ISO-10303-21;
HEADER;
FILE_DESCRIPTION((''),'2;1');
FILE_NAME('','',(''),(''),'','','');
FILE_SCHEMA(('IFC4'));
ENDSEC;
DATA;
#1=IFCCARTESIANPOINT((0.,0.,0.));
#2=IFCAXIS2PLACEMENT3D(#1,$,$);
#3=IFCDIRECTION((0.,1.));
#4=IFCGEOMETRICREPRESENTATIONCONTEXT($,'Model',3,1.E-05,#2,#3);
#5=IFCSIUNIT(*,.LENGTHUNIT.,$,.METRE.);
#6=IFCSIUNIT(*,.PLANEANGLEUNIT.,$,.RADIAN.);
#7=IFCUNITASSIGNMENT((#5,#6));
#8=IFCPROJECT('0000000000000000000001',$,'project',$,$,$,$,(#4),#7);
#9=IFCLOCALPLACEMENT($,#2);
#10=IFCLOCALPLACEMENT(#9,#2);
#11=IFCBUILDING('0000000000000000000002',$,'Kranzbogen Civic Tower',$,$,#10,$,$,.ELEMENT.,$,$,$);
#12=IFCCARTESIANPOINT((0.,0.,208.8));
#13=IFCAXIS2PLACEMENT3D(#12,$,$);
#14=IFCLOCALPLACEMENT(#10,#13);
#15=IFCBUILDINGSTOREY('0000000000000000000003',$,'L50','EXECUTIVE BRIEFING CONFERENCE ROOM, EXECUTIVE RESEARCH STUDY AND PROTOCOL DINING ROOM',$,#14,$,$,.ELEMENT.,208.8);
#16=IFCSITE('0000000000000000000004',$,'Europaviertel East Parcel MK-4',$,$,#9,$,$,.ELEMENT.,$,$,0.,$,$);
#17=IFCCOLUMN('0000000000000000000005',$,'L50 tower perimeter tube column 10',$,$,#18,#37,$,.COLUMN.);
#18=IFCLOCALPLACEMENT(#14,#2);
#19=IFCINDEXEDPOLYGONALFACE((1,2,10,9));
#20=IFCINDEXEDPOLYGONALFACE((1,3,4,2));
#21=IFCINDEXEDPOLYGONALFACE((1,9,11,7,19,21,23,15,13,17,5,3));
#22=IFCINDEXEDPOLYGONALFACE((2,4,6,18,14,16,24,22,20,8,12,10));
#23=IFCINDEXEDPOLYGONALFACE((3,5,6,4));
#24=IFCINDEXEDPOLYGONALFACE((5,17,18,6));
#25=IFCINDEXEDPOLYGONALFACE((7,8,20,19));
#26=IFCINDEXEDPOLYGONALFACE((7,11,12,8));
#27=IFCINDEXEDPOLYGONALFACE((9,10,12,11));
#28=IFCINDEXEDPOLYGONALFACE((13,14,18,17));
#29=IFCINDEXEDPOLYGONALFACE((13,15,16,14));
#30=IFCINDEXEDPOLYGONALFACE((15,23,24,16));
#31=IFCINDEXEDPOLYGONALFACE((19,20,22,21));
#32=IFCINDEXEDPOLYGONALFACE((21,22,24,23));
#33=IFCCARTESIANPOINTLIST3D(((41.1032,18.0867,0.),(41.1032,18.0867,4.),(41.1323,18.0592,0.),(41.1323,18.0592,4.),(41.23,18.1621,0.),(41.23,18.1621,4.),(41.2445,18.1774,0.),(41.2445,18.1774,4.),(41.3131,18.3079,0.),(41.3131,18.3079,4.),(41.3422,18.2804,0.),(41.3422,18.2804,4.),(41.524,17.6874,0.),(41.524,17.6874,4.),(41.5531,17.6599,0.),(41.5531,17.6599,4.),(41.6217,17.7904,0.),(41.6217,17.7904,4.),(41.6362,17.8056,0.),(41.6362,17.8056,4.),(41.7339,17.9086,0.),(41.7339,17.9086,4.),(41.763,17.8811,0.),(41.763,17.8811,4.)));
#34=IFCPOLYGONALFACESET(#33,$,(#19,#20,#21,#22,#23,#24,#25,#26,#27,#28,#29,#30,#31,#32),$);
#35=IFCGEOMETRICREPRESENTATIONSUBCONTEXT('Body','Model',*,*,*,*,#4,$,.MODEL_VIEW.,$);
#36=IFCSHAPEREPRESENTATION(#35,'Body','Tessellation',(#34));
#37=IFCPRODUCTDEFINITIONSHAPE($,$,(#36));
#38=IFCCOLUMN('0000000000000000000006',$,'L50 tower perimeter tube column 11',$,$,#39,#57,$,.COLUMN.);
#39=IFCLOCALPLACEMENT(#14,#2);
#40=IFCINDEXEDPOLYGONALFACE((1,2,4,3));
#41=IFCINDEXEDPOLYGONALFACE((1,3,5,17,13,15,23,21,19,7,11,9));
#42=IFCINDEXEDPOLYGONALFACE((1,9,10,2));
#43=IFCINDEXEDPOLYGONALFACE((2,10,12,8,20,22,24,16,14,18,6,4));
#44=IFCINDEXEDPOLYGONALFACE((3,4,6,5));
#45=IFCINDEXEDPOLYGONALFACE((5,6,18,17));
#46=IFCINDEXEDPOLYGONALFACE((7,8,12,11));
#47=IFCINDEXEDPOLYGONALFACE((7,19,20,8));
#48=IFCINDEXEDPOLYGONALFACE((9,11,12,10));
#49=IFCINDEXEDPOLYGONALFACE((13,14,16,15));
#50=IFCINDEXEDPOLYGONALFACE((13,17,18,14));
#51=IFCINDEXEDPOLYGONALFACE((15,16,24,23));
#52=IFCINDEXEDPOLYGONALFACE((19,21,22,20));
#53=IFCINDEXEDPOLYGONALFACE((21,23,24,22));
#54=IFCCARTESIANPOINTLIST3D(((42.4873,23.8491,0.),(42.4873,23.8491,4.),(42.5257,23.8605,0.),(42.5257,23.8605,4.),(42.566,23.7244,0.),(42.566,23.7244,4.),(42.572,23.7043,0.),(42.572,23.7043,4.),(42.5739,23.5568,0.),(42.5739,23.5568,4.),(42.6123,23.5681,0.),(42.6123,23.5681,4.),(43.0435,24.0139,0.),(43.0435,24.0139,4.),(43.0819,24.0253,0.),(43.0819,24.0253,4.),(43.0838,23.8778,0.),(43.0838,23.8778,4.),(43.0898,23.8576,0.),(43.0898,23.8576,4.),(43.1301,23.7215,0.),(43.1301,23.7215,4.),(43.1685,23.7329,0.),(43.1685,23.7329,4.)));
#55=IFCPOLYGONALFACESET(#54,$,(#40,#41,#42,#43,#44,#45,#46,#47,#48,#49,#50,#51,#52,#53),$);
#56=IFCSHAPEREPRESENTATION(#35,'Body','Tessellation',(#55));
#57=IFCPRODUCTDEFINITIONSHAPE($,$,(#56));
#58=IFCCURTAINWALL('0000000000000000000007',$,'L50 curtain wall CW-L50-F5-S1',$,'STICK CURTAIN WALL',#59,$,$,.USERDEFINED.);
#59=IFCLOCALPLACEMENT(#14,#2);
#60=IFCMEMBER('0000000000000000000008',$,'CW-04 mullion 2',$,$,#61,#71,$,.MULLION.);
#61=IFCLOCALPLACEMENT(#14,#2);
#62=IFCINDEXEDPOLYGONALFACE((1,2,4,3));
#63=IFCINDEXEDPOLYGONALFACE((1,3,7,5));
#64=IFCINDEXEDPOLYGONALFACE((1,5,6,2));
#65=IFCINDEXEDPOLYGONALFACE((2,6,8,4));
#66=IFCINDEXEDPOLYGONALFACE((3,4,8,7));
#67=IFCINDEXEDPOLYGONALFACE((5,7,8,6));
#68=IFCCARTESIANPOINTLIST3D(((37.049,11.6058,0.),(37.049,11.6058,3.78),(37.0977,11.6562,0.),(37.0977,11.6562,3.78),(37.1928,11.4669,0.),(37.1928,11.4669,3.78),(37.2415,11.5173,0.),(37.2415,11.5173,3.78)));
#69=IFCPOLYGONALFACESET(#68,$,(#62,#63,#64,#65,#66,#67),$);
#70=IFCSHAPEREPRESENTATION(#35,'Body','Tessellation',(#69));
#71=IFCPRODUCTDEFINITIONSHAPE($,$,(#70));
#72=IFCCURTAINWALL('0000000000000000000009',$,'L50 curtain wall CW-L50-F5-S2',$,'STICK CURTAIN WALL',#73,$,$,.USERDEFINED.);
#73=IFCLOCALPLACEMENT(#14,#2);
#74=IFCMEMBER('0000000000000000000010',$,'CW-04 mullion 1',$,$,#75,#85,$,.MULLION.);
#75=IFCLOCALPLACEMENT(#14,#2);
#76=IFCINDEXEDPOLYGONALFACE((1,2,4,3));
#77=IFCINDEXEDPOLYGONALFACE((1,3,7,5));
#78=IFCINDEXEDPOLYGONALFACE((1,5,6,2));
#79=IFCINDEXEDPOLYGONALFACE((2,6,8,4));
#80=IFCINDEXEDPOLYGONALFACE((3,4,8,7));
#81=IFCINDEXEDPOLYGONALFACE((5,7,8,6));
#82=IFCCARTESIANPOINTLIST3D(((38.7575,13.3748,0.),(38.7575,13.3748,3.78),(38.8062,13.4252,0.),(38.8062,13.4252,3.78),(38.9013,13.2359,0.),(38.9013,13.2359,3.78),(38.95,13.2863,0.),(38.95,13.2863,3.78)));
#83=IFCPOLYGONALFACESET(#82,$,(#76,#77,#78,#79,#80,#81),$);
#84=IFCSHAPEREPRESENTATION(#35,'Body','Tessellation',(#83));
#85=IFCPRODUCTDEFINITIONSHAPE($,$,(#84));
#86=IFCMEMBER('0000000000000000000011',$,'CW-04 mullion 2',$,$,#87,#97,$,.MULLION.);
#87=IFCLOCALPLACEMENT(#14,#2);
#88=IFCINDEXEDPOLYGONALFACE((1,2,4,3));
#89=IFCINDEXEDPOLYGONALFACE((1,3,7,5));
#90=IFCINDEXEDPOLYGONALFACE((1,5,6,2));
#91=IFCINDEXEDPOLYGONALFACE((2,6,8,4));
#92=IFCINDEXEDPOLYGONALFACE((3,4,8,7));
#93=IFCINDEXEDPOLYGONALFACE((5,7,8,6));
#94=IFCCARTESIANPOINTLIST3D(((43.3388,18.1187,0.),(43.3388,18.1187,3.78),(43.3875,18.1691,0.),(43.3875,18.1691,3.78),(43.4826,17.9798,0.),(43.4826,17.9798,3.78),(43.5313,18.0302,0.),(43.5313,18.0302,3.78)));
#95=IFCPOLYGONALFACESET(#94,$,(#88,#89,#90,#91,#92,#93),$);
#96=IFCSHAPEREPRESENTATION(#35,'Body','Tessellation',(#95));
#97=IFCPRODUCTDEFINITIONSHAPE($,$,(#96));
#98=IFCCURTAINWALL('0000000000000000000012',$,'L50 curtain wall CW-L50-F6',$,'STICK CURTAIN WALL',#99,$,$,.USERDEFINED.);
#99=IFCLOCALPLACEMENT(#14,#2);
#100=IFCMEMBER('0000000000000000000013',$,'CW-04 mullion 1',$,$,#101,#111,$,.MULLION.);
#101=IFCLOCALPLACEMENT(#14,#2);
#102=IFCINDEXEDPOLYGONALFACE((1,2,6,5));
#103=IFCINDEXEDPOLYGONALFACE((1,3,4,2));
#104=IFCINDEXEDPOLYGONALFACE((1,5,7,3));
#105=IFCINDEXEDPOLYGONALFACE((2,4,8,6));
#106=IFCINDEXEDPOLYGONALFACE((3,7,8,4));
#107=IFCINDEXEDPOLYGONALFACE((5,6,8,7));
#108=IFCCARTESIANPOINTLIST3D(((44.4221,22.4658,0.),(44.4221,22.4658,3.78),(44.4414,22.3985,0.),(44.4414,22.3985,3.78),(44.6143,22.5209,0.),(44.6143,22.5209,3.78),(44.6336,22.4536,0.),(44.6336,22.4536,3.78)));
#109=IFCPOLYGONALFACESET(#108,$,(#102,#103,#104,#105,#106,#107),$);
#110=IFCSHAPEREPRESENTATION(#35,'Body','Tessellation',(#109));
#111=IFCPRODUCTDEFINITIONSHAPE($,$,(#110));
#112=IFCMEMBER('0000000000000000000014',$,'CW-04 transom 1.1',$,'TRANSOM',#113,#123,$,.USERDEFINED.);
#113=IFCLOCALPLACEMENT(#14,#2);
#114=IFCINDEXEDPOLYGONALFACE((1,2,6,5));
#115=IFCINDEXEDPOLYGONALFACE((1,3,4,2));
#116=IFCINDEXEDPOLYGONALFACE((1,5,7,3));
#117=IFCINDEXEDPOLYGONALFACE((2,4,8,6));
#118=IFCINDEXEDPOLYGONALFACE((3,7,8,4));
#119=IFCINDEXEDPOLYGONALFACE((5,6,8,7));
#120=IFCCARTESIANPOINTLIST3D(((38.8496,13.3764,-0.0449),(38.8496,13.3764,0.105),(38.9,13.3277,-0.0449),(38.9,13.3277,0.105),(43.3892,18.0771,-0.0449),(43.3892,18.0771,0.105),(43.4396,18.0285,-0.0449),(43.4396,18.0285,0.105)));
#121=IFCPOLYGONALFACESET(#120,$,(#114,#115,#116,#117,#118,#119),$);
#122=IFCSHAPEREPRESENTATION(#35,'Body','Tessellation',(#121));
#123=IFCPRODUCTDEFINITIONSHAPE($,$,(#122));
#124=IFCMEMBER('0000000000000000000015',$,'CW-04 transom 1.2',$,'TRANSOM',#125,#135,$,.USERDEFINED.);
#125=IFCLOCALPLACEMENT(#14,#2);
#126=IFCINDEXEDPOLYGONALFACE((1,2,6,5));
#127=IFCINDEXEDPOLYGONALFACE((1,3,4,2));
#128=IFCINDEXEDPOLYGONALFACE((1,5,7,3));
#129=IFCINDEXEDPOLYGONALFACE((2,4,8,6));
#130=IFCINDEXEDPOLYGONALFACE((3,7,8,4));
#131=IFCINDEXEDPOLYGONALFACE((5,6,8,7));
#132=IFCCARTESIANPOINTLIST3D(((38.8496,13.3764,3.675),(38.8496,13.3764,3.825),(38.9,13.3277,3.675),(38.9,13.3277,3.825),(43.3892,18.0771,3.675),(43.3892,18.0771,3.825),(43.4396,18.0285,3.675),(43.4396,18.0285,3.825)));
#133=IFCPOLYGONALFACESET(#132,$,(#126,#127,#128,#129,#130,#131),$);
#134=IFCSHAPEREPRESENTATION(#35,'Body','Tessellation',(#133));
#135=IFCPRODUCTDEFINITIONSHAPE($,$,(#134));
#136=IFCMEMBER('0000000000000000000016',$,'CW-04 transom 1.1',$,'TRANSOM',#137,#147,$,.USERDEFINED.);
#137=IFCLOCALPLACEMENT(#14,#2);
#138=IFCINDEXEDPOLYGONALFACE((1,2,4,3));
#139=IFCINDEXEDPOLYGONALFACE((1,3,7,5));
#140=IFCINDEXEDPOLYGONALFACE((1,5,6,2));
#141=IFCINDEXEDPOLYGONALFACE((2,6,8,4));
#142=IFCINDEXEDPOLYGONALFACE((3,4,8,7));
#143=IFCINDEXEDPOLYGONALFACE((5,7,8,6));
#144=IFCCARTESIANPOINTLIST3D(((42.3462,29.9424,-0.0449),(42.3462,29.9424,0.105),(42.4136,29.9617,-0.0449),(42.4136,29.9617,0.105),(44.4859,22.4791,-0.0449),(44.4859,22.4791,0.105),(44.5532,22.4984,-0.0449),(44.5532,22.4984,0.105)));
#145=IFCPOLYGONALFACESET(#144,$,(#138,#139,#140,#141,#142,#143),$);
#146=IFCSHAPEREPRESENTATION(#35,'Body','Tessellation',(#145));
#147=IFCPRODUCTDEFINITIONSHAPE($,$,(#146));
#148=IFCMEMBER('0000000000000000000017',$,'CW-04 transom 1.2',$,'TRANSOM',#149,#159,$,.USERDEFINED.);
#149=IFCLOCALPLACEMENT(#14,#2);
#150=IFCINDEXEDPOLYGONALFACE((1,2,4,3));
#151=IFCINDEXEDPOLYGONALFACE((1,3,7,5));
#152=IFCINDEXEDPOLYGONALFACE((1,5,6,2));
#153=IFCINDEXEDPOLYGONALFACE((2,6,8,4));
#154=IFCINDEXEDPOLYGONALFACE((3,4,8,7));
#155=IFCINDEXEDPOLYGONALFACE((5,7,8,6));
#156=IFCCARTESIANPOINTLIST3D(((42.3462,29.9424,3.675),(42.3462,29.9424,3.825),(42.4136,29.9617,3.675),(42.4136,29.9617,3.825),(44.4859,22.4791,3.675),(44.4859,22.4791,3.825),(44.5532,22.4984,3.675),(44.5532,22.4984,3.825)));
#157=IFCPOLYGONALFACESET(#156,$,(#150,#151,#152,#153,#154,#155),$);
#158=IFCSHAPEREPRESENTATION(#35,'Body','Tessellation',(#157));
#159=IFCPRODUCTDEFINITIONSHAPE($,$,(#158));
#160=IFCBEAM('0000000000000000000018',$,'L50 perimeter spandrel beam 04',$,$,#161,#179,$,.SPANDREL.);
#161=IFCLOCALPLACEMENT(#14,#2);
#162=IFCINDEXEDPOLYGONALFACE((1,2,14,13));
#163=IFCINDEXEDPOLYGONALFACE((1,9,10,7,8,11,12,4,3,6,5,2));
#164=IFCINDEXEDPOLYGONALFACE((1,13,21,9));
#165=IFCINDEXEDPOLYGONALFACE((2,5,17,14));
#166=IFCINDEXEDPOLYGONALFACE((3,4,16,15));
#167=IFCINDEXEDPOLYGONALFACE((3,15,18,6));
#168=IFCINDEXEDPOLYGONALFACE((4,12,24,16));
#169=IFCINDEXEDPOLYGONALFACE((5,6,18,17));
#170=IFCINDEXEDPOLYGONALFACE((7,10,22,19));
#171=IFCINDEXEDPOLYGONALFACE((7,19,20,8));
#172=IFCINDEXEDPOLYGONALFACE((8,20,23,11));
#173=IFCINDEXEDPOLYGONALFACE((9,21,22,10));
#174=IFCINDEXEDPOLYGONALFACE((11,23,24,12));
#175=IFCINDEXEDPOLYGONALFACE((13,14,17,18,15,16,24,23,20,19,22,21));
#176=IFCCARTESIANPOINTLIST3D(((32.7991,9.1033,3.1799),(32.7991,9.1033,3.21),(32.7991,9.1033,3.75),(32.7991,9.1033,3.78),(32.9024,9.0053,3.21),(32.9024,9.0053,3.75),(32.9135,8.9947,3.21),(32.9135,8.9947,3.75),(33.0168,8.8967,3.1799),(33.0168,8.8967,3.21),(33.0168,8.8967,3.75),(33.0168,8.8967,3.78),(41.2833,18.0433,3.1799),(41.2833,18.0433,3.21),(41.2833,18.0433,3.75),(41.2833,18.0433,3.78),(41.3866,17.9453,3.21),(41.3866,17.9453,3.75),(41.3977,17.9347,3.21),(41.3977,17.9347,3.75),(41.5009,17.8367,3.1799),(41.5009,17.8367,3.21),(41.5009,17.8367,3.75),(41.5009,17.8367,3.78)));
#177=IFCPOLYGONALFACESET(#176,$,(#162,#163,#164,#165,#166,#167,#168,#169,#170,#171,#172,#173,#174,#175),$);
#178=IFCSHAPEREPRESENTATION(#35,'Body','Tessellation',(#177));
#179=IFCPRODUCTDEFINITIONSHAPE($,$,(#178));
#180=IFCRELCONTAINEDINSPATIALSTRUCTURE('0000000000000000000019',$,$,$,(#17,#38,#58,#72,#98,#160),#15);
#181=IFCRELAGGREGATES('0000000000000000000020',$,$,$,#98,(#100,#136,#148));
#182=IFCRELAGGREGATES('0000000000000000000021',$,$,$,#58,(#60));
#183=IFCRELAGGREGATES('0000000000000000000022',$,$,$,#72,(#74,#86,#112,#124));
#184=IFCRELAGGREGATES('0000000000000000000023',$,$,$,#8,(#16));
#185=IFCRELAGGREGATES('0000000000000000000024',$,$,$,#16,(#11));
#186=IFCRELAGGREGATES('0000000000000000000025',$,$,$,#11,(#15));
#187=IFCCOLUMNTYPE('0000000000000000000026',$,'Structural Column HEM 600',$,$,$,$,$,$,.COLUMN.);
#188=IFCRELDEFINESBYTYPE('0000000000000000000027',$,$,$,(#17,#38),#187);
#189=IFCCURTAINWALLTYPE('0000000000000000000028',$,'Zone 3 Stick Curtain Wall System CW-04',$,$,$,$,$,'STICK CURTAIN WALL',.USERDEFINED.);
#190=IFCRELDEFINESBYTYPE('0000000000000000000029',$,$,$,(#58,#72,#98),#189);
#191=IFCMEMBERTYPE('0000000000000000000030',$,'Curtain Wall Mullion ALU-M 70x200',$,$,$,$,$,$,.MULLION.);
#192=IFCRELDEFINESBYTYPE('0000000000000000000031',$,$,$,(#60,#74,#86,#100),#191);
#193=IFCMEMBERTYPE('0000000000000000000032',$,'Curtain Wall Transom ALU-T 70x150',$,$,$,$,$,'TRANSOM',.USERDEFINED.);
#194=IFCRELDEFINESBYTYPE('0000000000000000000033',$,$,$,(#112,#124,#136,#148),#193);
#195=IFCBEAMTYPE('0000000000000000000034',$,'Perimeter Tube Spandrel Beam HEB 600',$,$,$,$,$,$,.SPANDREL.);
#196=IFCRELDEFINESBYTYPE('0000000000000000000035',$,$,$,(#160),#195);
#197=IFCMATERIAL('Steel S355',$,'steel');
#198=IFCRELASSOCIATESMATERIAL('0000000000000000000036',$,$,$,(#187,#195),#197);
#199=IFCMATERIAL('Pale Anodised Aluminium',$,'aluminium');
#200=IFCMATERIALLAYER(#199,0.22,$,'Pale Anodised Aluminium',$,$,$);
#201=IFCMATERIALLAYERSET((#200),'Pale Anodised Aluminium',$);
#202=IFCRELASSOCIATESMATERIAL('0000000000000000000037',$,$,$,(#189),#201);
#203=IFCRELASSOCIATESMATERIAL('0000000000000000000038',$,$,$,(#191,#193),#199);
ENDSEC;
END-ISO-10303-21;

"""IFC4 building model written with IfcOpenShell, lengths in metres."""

from ifc_helpers import new_model, si_unit, direction, frame, origin, origin_2d, place, context, subcontext, project, spatial, rectangle, i_section, extrude, material, layer, layer_set, material_profile, profile_set, type_object, element, aggregate, save


model = new_model("IFC4")

# Units and contexts
model_context = context("Model", 3, precision=1e-05, world=origin(), true_north=direction((0.0, 1.0)))
body_context = subcontext(model_context, "Body", "Model", "MODEL_VIEW")
ifc_project = project(units=[si_unit("LENGTHUNIT", "METRE"), si_unit("PLANEANGLEUNIT", "RADIAN")], contexts=[model_context])

# Site, building, storey
site_placement = place(None, origin())
site = spatial("IfcSite", under=ifc_project, at=site_placement, Name="Europaviertel East Parcel MK-4", CompositionType="ELEMENT", RefElevation=0.0)
building_placement = place(site_placement, origin())
building = spatial("IfcBuilding", under=site, at=building_placement, Name="Kranzbogen Civic Tower", CompositionType="ELEMENT")
storey_placement = place(building_placement, frame((0.0, 0.0, 208.8)))
storey = spatial("IfcBuildingStorey", under=building, at=storey_placement, Name="L50", Description="EXECUTIVE BRIEFING CONFERENCE ROOM, EXECUTIVE RESEARCH STUDY AND PROTOCOL DINING ROOM", CompositionType="ELEMENT", Elevation=208.8)

# Columns
ifc_material_1 = material(Name="Steel S355", Category="steel")
ifc_material_profile_1 = material_profile(ifc_material_1, i_section(OverallWidth=0.3049, OverallDepth=0.6201, WebThickness=0.021, FlangeThickness=0.04, at=origin_2d()), Name="HEM 600")
ifc_profile_set_1 = profile_set([ifc_material_profile_1], Name="Steel S355")
column_type = type_object("IfcColumnType", Name="Structural Column HEM 600", PredefinedType="COLUMN", material=ifc_profile_set_1)
for number, where, z_axis, x_axis, name in (
    (1, (41.4331, 17.9839, 0.0), (0.0, 0.0, 1.0), (0.688355, 0.725374, 0.0), "L50 tower perimeter tube column 10"),
    (2, (42.8279, 23.791, 0.0), (0.0, 0.0, 1.0), (-0.284015, 0.95882, 0.0), "L50 tower perimeter tube column 11"),
):
    element("IfcColumn", number, at=place(storey_placement, frame(where, z_axis=z_axis, x_axis=x_axis)), inside=storey, type_object=column_type, Name=name, PredefinedType="COLUMN", context=body_context, shape_type="SweptSolid", body=[
        extrude(i_section(OverallWidth=0.3049, OverallDepth=0.6201, WebThickness=0.021, FlangeThickness=0.04, at=origin_2d()), origin(), (0.0, 0.0, 1.0), 4.0),
    ])

# Curtain wall, member
ifc_material_2 = material(Name="Pale Anodised Aluminium", Category="aluminium")
ifc_layer_1 = layer(ifc_material_2, 0.22, Name="Pale Anodised Aluminium")
ifc_layer_set_1 = layer_set([ifc_layer_1], Name="Pale Anodised Aluminium")
curtain_wall_type = type_object("IfcCurtainWallType", Name="Zone 3 Stick Curtain Wall System CW-04", ElementType="STICK CURTAIN WALL", PredefinedType="USERDEFINED", material=ifc_layer_set_1)
curtain_wall_1_placement = place(storey_placement, origin())
curtain_wall_1 = element("IfcCurtainWall", 3, at=curtain_wall_1_placement, inside=storey, type_object=curtain_wall_type, Name="L50 curtain wall CW-L50-F5-S1", ObjectType="STICK CURTAIN WALL", PredefinedType="USERDEFINED")
ifc_material_profile_2 = material_profile(ifc_material_2, rectangle(XDim=0.0701, YDim=0.2, at=origin_2d()), Name="ALU-M 70x200")
ifc_profile_set_2 = profile_set([ifc_material_profile_2], Name="Pale Anodised Aluminium")
member_type_1 = type_object("IfcMemberType", Name="Curtain Wall Mullion ALU-M 70x200", PredefinedType="MULLION", material=ifc_profile_set_2)
member_1_placement = place(storey_placement, frame((37.1453, 11.5615, 0.0), z_axis=(0.0, 0.0, 1.0), x_axis=(0.694678, 0.719321, 0.0)))
member_1 = element("IfcMember", 4, at=member_1_placement, type_object=member_type_1, Name="CW-04 mullion 2", PredefinedType="MULLION", context=body_context, shape_type="SweptSolid", body=[
    extrude(rectangle(XDim=0.0701, YDim=0.2, at=origin_2d()), origin(), (0.0, 0.0, 1.0), 3.78),
])

# Curtain wall, members
curtain_wall_2_placement = place(storey_placement, origin())
curtain_wall_2 = element("IfcCurtainWall", 5, at=curtain_wall_2_placement, inside=storey, type_object=curtain_wall_type, Name="L50 curtain wall CW-L50-F5-S2", ObjectType="STICK CURTAIN WALL", PredefinedType="USERDEFINED")
member_2_placement = place(storey_placement, frame((38.8538, 13.3306, 0.0), z_axis=(0.0, 0.0, 1.0), x_axis=(0.694678, 0.719321, 0.0)))
member_2 = element("IfcMember", 6, at=member_2_placement, type_object=member_type_1, Name="CW-04 mullion 1", PredefinedType="MULLION", context=body_context, shape_type="SweptSolid", body=[
    extrude(rectangle(XDim=0.0701, YDim=0.2, at=origin_2d()), origin(), (0.0, 0.0, 1.0), 3.78),
])
member_3_placement = place(storey_placement, frame((43.4351, 18.0745, 0.0), z_axis=(0.0, 0.0, 1.0), x_axis=(0.694678, 0.719321, 0.0)))
member_3 = element("IfcMember", 7, at=member_3_placement, type_object=member_type_1, Name="CW-04 mullion 2", PredefinedType="MULLION", context=body_context, shape_type="SweptSolid", body=[
    extrude(rectangle(XDim=0.0701, YDim=0.2, at=origin_2d()), origin(), (0.0, 0.0, 1.0), 3.78),
])

# Curtain wall, member
curtain_wall_3_placement = place(storey_placement, origin())
curtain_wall_3 = element("IfcCurtainWall", 8, at=curtain_wall_3_placement, inside=storey, type_object=curtain_wall_type, Name="L50 curtain wall CW-L50-F6", ObjectType="STICK CURTAIN WALL", PredefinedType="USERDEFINED")
member_4_placement = place(storey_placement, frame((44.5278, 22.4597, 0.0), z_axis=(0.0, 0.0, 1.0), x_axis=(-0.275587, 0.961276, 0.0)))
member_4 = element("IfcMember", 9, at=member_4_placement, type_object=member_type_1, Name="CW-04 mullion 1", PredefinedType="MULLION", context=body_context, shape_type="SweptSolid", body=[
    extrude(rectangle(XDim=0.0701, YDim=0.2, at=origin_2d()), origin(), (0.0, 0.0, 1.0), 3.78),
])

# Members
ifc_material_profile_3 = material_profile(ifc_material_2, rectangle(XDim=0.0701, YDim=0.1499, at=origin_2d()), Name="ALU-T 70x150")
ifc_profile_set_3 = profile_set([ifc_material_profile_3], Name="Pale Anodised Aluminium")
member_type_2 = type_object("IfcMemberType", Name="Curtain Wall Transom ALU-T 70x150", ElementType="TRANSOM", PredefinedType="USERDEFINED", material=ifc_profile_set_3)
member_5_placement = place(storey_placement, frame((38.8748, 13.3521, 0.03), z_axis=(0.694671, 0.719328, 0.0), x_axis=(-0.719328, 0.694671, 0.0)))
member_5 = element("IfcMember", 10, at=member_5_placement, type_object=member_type_2, Name="CW-04 transom 1.1", ObjectType="TRANSOM", PredefinedType="USERDEFINED", context=body_context, shape_type="SweptSolid", body=[
    extrude(rectangle(XDim=0.0701, YDim=0.1499, at=origin_2d()), origin(), (0.0, 0.0, 1.0), 6.5349),
])
member_6_placement = place(storey_placement, frame((38.8748, 13.3521, 3.75), z_axis=(0.694671, 0.719328, 0.0), x_axis=(-0.719328, 0.694671, 0.0)))
member_6 = element("IfcMember", 11, at=member_6_placement, type_object=member_type_2, Name="CW-04 transom 1.2", ObjectType="TRANSOM", PredefinedType="USERDEFINED", context=body_context, shape_type="SweptSolid", body=[
    extrude(rectangle(XDim=0.0701, YDim=0.1499, at=origin_2d()), origin(), (0.0, 0.0, 1.0), 6.5349),
])
member_7_placement = place(storey_placement, frame((44.5195, 22.4888, 0.03), z_axis=(-0.275585, 0.961277, 0.0), x_axis=(-0.961277, -0.275585, 0.0)))
member_7 = element("IfcMember", 12, at=member_7_placement, type_object=member_type_2, Name="CW-04 transom 1.1", ObjectType="TRANSOM", PredefinedType="USERDEFINED", context=body_context, shape_type="SweptSolid", body=[
    extrude(rectangle(XDim=0.0701, YDim=0.1499, at=origin_2d()), origin(), (0.0, 0.0, 1.0), 7.7639),
])
member_8_placement = place(storey_placement, frame((44.5195, 22.4888, 3.75), z_axis=(-0.275585, 0.961277, 0.0), x_axis=(-0.961277, -0.275585, 0.0)))
member_8 = element("IfcMember", 13, at=member_8_placement, type_object=member_type_2, Name="CW-04 transom 1.2", ObjectType="TRANSOM", PredefinedType="USERDEFINED", context=body_context, shape_type="SweptSolid", body=[
    extrude(rectangle(XDim=0.0701, YDim=0.1499, at=origin_2d()), origin(), (0.0, 0.0, 1.0), 7.7639),
])
aggregate(curtain_wall_3, [member_4, member_7, member_8])

# Beam
ifc_material_profile_4 = material_profile(ifc_material_1, i_section(OverallWidth=0.3, OverallDepth=0.6001, WebThickness=0.0154, FlangeThickness=0.03, at=origin_2d()), Name="HEB 600")
ifc_profile_set_4 = profile_set([ifc_material_profile_4], Name="Steel S355")
beam_type_1 = type_object("IfcBeamType", Name="Perimeter Tube Spandrel Beam HEB 600", PredefinedType="SPANDREL", material=ifc_profile_set_4)
beam_1_placement = place(storey_placement, frame((32.908, 9.0, 3.48), z_axis=(0.688373, 0.725356, 0.0), x_axis=(-0.725356, 0.688373, 0.0)))
element("IfcBeam", 14, at=beam_1_placement, inside=storey, type_object=beam_type_1, Name="L50 perimeter spandrel beam 04", PredefinedType="SPANDREL", context=body_context, shape_type="SweptSolid", body=[
    extrude(i_section(OverallWidth=0.3, OverallDepth=0.6001, WebThickness=0.0154, FlangeThickness=0.03, at=origin_2d()), origin(), (0.0, 0.0, 1.0), 12.325),
])

aggregate(curtain_wall_1, [member_1])
aggregate(curtain_wall_2, [member_2, member_3, member_5, member_6])

save(model, "model.ifc")
